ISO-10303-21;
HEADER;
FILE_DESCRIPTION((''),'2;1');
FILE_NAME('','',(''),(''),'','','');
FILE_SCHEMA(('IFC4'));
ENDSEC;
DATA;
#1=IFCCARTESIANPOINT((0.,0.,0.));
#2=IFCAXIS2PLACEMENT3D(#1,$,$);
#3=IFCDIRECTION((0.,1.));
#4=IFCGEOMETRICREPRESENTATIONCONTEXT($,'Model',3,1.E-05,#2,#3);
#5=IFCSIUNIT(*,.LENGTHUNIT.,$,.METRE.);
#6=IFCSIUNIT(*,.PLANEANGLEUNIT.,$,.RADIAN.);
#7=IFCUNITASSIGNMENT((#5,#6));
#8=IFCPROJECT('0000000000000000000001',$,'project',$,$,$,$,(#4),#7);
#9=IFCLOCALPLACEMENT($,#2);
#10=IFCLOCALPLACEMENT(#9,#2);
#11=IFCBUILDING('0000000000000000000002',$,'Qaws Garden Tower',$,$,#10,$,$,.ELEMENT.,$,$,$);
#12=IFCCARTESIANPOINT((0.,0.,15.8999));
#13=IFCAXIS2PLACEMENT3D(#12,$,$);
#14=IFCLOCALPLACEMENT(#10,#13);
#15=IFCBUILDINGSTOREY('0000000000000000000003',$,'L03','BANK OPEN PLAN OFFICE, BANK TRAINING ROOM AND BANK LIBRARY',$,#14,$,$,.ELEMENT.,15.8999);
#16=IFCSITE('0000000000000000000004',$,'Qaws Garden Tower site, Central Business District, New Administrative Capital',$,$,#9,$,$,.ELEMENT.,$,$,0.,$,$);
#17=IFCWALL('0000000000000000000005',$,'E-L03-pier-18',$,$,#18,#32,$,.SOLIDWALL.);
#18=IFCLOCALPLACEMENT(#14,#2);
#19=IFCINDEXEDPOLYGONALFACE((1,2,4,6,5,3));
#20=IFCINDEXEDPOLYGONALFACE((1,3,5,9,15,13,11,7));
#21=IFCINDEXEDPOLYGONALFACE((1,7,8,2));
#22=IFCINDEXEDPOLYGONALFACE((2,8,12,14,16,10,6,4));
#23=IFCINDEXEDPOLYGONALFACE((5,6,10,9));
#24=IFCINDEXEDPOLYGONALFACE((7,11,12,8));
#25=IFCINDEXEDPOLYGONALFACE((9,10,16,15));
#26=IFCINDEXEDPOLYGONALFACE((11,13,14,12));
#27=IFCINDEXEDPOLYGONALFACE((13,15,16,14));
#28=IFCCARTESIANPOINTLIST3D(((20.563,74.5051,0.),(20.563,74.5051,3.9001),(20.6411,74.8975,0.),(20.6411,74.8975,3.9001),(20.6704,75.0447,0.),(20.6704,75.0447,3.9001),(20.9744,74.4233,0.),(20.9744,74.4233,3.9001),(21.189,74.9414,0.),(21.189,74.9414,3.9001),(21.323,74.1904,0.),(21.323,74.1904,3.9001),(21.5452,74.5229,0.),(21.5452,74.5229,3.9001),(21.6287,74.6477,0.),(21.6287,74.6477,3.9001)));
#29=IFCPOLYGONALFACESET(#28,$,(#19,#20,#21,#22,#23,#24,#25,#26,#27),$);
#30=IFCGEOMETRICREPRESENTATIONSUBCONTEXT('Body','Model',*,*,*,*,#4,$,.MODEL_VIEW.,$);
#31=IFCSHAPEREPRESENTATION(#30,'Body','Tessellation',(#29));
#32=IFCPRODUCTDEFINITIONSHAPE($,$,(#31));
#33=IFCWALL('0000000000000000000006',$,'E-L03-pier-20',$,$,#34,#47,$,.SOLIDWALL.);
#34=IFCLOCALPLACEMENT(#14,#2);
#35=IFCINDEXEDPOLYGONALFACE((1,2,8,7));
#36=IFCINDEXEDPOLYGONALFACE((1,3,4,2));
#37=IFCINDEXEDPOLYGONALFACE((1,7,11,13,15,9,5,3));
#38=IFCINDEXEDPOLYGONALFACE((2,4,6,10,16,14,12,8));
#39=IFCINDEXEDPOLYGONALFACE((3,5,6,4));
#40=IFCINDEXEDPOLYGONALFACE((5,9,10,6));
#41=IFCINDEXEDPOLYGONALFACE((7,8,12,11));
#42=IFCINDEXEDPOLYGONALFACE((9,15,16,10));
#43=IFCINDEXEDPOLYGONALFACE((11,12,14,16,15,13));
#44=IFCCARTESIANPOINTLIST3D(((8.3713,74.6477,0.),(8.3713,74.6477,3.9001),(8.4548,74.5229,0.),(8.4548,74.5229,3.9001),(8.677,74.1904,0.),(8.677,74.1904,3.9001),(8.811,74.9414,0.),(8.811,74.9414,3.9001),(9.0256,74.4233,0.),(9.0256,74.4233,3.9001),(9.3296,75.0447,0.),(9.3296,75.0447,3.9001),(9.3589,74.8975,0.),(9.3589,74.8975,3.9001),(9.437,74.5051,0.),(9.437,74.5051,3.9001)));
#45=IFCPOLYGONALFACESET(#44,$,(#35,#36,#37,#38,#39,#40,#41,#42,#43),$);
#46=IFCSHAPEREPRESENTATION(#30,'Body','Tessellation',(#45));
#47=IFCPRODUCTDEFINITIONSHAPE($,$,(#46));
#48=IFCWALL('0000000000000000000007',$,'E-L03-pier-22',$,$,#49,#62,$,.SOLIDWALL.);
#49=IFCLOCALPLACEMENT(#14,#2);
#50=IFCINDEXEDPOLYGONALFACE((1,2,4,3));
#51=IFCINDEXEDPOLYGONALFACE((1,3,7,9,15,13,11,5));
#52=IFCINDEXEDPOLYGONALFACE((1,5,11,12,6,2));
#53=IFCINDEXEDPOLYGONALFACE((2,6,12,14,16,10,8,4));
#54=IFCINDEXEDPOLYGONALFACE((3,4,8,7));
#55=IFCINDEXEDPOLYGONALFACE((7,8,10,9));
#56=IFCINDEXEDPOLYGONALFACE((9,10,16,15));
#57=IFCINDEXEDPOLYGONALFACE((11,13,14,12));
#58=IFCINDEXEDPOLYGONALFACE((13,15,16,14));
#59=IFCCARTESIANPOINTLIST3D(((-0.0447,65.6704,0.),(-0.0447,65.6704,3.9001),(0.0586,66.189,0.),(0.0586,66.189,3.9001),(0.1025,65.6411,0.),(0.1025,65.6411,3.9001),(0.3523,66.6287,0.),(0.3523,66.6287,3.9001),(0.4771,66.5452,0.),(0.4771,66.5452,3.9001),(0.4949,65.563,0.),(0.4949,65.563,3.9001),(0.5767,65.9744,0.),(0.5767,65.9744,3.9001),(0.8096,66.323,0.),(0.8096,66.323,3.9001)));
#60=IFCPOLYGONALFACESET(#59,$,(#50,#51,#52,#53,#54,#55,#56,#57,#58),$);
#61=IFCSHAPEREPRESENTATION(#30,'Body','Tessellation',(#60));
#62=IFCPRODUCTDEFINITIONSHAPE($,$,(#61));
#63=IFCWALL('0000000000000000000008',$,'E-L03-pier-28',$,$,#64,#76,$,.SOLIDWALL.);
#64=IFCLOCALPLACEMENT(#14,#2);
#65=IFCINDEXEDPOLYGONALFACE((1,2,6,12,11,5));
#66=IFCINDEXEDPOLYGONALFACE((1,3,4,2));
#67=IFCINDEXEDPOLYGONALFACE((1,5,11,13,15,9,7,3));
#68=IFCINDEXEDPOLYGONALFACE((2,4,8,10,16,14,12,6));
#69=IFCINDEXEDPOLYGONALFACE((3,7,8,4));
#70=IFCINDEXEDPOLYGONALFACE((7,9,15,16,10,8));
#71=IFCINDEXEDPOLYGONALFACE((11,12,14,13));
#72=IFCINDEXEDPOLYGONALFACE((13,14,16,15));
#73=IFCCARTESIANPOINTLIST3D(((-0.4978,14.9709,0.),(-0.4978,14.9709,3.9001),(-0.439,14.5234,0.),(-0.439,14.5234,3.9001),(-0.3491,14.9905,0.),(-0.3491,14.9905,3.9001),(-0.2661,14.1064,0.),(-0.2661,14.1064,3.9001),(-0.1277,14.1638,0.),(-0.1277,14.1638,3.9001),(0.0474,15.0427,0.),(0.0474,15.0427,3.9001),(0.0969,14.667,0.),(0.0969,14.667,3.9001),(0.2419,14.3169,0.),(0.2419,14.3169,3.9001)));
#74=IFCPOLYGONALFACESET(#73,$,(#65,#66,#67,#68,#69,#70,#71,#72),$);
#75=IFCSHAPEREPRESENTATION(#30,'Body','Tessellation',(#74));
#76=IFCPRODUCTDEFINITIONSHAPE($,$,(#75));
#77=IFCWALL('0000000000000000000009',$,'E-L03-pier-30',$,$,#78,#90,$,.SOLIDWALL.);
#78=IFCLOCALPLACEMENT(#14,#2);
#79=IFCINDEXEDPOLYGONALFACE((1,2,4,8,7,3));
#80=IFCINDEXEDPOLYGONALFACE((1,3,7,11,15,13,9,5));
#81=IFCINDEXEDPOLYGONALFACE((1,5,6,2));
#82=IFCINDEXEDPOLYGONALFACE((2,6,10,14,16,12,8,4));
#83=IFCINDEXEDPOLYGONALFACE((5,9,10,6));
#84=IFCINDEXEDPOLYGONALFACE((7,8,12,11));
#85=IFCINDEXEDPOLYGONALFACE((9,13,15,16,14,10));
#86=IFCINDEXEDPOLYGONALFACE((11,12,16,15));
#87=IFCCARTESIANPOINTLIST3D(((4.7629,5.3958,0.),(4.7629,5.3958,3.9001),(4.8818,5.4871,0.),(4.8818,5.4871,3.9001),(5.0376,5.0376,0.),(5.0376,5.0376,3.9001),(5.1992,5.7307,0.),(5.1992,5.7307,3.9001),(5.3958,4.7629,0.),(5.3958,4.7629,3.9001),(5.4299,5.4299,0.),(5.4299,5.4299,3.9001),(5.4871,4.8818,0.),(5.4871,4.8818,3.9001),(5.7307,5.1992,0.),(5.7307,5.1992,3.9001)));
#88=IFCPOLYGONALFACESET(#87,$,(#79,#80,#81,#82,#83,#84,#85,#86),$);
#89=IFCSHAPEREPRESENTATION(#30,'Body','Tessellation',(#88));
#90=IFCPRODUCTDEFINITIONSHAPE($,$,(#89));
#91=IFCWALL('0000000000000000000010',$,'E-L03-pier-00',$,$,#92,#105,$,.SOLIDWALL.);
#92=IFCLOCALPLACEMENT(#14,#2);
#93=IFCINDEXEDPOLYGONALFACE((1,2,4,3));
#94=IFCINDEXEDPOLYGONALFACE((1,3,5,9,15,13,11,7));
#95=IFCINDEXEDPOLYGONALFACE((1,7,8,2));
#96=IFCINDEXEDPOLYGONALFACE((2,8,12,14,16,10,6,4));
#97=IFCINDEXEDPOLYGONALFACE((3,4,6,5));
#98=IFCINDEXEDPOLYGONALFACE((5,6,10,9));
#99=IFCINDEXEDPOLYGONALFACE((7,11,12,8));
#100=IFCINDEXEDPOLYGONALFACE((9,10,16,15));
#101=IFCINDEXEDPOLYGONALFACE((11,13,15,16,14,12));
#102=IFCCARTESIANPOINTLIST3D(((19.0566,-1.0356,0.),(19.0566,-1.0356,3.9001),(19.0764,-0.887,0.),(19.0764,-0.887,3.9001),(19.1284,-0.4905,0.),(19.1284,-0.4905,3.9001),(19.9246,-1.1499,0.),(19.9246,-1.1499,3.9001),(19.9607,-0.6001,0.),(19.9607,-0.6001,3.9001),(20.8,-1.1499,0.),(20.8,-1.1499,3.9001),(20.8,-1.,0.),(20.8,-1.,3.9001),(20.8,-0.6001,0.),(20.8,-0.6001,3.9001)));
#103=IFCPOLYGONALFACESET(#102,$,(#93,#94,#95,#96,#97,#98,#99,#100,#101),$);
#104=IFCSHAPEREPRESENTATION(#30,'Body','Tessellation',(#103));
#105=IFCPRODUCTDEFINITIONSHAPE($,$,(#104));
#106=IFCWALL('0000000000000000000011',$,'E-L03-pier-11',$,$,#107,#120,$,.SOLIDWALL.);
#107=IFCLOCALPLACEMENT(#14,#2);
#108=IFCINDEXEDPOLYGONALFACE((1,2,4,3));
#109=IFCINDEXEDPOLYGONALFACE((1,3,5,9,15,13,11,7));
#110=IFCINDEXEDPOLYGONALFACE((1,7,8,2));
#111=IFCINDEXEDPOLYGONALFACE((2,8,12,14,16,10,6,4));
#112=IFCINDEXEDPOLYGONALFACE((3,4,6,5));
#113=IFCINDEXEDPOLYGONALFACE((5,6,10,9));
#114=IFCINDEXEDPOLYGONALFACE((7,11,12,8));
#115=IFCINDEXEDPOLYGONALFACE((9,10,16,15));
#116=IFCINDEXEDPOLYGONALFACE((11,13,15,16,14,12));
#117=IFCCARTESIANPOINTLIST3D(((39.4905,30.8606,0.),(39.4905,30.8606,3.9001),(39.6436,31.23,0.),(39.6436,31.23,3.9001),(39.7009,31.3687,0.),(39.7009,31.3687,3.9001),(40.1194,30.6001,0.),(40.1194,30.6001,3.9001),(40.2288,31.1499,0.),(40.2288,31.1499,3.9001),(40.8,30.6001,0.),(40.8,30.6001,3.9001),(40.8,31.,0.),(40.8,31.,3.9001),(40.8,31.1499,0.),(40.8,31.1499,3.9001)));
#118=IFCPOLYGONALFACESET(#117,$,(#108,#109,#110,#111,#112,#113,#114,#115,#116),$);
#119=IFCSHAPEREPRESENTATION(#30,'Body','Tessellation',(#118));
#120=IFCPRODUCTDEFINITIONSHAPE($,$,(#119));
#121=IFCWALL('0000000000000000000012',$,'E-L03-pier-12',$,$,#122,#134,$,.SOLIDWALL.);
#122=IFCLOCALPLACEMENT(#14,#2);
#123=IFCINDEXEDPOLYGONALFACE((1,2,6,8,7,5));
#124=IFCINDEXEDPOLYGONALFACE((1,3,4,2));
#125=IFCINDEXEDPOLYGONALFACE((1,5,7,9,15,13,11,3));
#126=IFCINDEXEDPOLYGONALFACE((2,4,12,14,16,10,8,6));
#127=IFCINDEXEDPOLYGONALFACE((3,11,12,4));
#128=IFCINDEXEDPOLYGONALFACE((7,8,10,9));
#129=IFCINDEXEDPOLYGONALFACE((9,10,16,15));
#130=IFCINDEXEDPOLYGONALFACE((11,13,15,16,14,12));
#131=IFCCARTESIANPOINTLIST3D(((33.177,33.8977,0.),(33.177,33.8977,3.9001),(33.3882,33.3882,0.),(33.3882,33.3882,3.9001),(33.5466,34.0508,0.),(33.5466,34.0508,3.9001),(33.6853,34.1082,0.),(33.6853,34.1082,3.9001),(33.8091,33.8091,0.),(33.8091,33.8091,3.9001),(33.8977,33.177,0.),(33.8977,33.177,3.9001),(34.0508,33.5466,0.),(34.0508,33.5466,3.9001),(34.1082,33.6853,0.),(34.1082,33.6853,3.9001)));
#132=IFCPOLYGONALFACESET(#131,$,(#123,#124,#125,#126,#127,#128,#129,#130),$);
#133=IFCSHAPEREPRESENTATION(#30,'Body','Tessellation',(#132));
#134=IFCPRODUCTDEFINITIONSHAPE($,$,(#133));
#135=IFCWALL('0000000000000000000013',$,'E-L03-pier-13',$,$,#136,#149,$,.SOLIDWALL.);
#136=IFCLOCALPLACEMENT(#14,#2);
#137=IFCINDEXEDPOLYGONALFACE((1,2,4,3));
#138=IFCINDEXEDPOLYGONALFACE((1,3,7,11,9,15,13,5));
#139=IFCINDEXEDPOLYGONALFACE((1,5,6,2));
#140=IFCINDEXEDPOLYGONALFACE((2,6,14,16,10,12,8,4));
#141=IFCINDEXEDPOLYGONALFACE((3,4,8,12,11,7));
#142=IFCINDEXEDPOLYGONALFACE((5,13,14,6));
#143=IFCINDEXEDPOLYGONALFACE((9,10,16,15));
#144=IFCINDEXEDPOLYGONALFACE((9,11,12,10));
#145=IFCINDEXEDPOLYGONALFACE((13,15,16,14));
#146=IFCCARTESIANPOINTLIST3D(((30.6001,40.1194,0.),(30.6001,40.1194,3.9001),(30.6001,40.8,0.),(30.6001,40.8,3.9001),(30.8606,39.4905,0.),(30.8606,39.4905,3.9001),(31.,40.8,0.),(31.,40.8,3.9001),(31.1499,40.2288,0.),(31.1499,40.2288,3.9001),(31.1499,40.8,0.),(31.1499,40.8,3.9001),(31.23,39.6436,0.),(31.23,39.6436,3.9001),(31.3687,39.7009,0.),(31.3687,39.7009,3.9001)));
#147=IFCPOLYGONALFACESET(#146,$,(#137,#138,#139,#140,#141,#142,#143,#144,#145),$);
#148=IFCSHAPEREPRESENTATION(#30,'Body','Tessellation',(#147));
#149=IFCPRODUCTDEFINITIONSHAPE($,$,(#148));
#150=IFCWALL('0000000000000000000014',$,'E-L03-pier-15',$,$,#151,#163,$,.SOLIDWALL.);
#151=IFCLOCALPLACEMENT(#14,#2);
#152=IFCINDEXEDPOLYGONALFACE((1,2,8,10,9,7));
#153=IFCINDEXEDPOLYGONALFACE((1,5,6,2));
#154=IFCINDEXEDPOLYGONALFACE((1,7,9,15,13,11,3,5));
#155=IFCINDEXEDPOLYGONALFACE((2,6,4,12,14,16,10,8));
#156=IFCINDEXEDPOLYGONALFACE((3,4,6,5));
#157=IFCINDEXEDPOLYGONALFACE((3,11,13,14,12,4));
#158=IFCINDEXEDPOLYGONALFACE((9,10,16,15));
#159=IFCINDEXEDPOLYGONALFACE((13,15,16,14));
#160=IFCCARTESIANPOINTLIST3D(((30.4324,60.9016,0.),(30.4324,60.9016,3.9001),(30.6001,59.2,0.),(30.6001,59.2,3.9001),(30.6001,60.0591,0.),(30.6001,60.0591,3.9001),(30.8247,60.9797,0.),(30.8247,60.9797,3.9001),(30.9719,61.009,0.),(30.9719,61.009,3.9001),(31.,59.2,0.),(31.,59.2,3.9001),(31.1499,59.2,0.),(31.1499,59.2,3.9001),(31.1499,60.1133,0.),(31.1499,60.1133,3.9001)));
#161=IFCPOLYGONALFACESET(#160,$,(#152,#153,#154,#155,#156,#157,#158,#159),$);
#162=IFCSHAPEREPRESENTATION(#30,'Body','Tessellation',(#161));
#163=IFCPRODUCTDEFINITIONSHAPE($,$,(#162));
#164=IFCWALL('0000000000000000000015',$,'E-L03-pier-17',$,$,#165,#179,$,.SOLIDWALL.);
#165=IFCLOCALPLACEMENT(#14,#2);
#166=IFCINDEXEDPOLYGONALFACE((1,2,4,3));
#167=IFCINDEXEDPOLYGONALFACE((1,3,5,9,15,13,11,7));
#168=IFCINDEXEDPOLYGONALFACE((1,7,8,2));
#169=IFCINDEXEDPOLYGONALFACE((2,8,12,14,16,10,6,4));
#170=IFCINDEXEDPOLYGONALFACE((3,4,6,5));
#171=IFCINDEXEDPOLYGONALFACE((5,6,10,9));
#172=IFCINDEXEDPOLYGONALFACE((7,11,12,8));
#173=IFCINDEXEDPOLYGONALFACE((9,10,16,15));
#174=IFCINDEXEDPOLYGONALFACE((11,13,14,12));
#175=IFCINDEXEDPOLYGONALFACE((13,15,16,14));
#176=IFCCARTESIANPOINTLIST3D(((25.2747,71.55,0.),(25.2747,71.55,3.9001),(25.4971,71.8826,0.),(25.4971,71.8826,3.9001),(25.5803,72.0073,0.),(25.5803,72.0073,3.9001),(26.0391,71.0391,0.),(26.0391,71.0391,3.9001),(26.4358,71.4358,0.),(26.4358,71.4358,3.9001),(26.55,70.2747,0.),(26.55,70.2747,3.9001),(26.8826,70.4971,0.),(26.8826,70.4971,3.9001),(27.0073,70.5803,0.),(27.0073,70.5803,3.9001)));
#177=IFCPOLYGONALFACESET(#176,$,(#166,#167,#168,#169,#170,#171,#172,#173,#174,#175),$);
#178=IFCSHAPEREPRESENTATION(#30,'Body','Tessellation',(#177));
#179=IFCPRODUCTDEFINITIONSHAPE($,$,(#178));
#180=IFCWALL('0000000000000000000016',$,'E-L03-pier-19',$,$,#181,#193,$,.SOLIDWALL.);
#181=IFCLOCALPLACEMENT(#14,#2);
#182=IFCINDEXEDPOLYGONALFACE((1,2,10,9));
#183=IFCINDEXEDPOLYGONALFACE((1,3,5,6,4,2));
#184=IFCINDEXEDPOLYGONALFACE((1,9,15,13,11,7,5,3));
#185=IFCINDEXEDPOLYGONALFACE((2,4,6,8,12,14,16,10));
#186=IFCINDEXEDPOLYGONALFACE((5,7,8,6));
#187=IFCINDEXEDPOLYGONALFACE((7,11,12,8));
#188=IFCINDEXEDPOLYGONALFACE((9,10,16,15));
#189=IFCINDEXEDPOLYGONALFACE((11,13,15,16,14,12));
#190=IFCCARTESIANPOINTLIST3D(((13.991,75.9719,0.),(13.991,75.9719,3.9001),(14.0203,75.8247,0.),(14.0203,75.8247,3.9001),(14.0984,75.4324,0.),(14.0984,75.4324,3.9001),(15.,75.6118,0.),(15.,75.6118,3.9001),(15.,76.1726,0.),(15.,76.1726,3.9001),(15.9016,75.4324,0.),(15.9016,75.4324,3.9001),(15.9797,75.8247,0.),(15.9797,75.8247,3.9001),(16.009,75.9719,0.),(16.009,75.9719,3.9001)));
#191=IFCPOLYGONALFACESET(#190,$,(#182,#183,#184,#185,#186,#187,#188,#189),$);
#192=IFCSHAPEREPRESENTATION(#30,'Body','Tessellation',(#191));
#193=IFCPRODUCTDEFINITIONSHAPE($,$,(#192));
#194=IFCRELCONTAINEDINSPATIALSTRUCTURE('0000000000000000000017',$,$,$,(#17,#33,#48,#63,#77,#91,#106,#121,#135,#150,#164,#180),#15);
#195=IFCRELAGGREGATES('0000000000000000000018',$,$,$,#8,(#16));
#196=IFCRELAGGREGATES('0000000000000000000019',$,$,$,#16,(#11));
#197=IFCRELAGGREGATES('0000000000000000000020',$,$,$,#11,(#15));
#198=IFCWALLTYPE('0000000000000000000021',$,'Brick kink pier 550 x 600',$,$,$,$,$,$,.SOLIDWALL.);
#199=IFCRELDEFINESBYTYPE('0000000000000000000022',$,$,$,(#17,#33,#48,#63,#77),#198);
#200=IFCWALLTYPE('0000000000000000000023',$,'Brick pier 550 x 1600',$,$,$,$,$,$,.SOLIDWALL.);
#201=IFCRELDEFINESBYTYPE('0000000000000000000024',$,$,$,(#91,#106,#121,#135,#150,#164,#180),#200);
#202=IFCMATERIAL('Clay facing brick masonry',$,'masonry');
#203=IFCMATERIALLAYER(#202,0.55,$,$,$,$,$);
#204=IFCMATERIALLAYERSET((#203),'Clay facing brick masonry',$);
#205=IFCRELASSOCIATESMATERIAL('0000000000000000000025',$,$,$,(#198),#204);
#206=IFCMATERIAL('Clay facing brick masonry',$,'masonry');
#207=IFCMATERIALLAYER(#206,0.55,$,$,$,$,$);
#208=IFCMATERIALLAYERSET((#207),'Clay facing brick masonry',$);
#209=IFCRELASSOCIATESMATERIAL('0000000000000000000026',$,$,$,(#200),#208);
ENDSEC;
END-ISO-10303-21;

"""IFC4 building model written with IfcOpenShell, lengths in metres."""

from ifc_helpers import new_model, si_unit, direction, frame, origin, place, context, subcontext, project, spatial, polyline, outline, extrude, material, layer, layer_set, type_object, element, save


model = new_model("IFC4")

# Units and contexts
model_context = context("Model", 3, precision=1e-05, world=origin(), true_north=direction((0.0, 1.0)))
body_context = subcontext(model_context, "Body", "Model", "MODEL_VIEW")
ifc_project = project(units=[si_unit("LENGTHUNIT", "METRE"), si_unit("PLANEANGLEUNIT", "RADIAN")], contexts=[model_context])

# Site, building, storey
site_placement = place(None, origin())
site = spatial("IfcSite", under=ifc_project, at=site_placement, Name="Qaws Garden Tower site, Central Business District, New Administrative Capital", CompositionType="ELEMENT", RefElevation=0.0)
building_placement = place(site_placement, origin())
building = spatial("IfcBuilding", under=site, at=building_placement, Name="Qaws Garden Tower", CompositionType="ELEMENT")
storey_placement = place(building_placement, frame((0.0, 0.0, 15.8999)))
storey = spatial("IfcBuildingStorey", under=building, at=storey_placement, Name="L03", Description="BANK OPEN PLAN OFFICE, BANK TRAINING ROOM AND BANK LIBRARY", CompositionType="ELEMENT", Elevation=15.8999)

# Walls
placement = place(storey_placement, origin())
ifc_material_1 = material(Name="Clay facing brick masonry", Category="masonry")
ifc_layer_1 = layer(ifc_material_1, 0.55)
ifc_layer_set_1 = layer_set([ifc_layer_1], Name="Clay facing brick masonry")
wall_type_1 = type_object("IfcWallType", Name="Brick kink pier 550 x 600", PredefinedType="SOLIDWALL", material=ifc_layer_set_1)
element("IfcWall", 1, at=placement, inside=storey, type_object=wall_type_1, Name="E-L03-pier-18", PredefinedType="SOLIDWALL", context=body_context, shape_type="SweptSolid", body=[
    extrude(outline(polyline([(21.5452, 74.5229), (21.6287, 74.6477), (21.189, 74.9414), (20.6704, 75.0447), (20.6411, 74.8975), (20.563, 74.5051), (20.9744, 74.4233), (21.323, 74.1904), (21.5452, 74.5229)])), origin(), (0.0, 0.0, 1.0), 3.9001),
])
element("IfcWall", 2, at=placement, inside=storey, type_object=wall_type_1, Name="E-L03-pier-20", PredefinedType="SOLIDWALL", context=body_context, shape_type="SweptSolid", body=[
    extrude(outline(polyline([(9.3589, 74.8975), (9.3296, 75.0447), (8.811, 74.9414), (8.3713, 74.6477), (8.4548, 74.5229), (8.677, 74.1904), (9.0256, 74.4233), (9.437, 74.5051), (9.3589, 74.8975)])), origin(), (0.0, 0.0, 1.0), 3.9001),
])
element("IfcWall", 3, at=placement, inside=storey, type_object=wall_type_1, Name="E-L03-pier-22", PredefinedType="SOLIDWALL", context=body_context, shape_type="SweptSolid", body=[
    extrude(outline(polyline([(0.4771, 66.5452), (0.3523, 66.6287), (0.0586, 66.189), (-0.0447, 65.6704), (0.1025, 65.6411), (0.4949, 65.563), (0.5767, 65.9744), (0.8096, 66.323), (0.4771, 66.5452)])), origin(), (0.0, 0.0, 1.0), 3.9001),
])
element("IfcWall", 4, at=placement, inside=storey, type_object=wall_type_1, Name="E-L03-pier-28", PredefinedType="SOLIDWALL", context=body_context, shape_type="SweptSolid", body=[
    extrude(outline(polyline([(-0.3491, 14.9905), (-0.4978, 14.9709), (-0.439, 14.5234), (-0.2661, 14.1064), (-0.1277, 14.1638), (0.2419, 14.3169), (0.0969, 14.667), (0.0474, 15.0427), (-0.3491, 14.9905)])), origin(), (0.0, 0.0, 1.0), 3.9001),
])
element("IfcWall", 5, at=placement, inside=storey, type_object=wall_type_1, Name="E-L03-pier-30", PredefinedType="SOLIDWALL", context=body_context, shape_type="SweptSolid", body=[
    extrude(outline(polyline([(4.8818, 5.4871), (4.7629, 5.3958), (5.0376, 5.0376), (5.3958, 4.7629), (5.4871, 4.8818), (5.7307, 5.1992), (5.4299, 5.4299), (5.1992, 5.7307), (4.8818, 5.4871)])), origin(), (0.0, 0.0, 1.0), 3.9001),
])
ifc_material_2 = material(Name="Clay facing brick masonry", Category="masonry")
ifc_layer_2 = layer(ifc_material_2, 0.55)
ifc_layer_set_2 = layer_set([ifc_layer_2], Name="Clay facing brick masonry")
wall_type_2 = type_object("IfcWallType", Name="Brick pier 550 x 1600", PredefinedType="SOLIDWALL", material=ifc_layer_set_2)
element("IfcWall", 6, at=placement, inside=storey, type_object=wall_type_2, Name="E-L03-pier-00", PredefinedType="SOLIDWALL", context=body_context, shape_type="SweptSolid", body=[
    extrude(outline(polyline([(19.0764, -0.887), (19.0566, -1.0356), (19.9246, -1.1499), (20.8, -1.1499), (20.8, -1.0), (20.8, -0.6001), (19.9607, -0.6001), (19.1284, -0.4905), (19.0764, -0.887)])), origin(), (0.0, 0.0, 1.0), 3.9001),
])
element("IfcWall", 7, at=placement, inside=storey, type_object=wall_type_2, Name="E-L03-pier-11", PredefinedType="SOLIDWALL", context=body_context, shape_type="SweptSolid", body=[
    extrude(outline(polyline([(40.8, 31.0), (40.8, 31.1499), (40.2288, 31.1499), (39.7009, 31.3687), (39.6436, 31.23), (39.4905, 30.8606), (40.1194, 30.6001), (40.8, 30.6001), (40.8, 31.0)])), origin(), (0.0, 0.0, 1.0), 3.9001),
])
element("IfcWall", 8, at=placement, inside=storey, type_object=wall_type_2, Name="E-L03-pier-12", PredefinedType="SOLIDWALL", context=body_context, shape_type="SweptSolid", body=[
    extrude(outline(polyline([(34.0508, 33.5466), (34.1082, 33.6853), (33.8091, 33.8091), (33.6853, 34.1082), (33.5466, 34.0508), (33.177, 33.8977), (33.3882, 33.3882), (33.8977, 33.177), (34.0508, 33.5466)])), origin(), (0.0, 0.0, 1.0), 3.9001),
])
element("IfcWall", 9, at=placement, inside=storey, type_object=wall_type_2, Name="E-L03-pier-13", PredefinedType="SOLIDWALL", context=body_context, shape_type="SweptSolid", body=[
    extrude(outline(polyline([(31.23, 39.6436), (31.3687, 39.7009), (31.1499, 40.2288), (31.1499, 40.8), (31.0, 40.8), (30.6001, 40.8), (30.6001, 40.1194), (30.8606, 39.4905), (31.23, 39.6436)])), origin(), (0.0, 0.0, 1.0), 3.9001),
])
element("IfcWall", 10, at=placement, inside=storey, type_object=wall_type_2, Name="E-L03-pier-15", PredefinedType="SOLIDWALL", context=body_context, shape_type="SweptSolid", body=[
    extrude(outline(polyline([(31.0, 59.2), (31.1499, 59.2), (31.1499, 60.1133), (30.9719, 61.009), (30.8247, 60.9797), (30.4324, 60.9016), (30.6001, 60.0591), (30.6001, 59.2), (31.0, 59.2)])), origin(), (0.0, 0.0, 1.0), 3.9001),
])
element("IfcWall", 11, at=placement, inside=storey, type_object=wall_type_2, Name="E-L03-pier-17", PredefinedType="SOLIDWALL", context=body_context, shape_type="SweptSolid", body=[
    extrude(outline(polyline([(26.8826, 70.4971), (27.0073, 70.5803), (26.4358, 71.4358), (25.5803, 72.0073), (25.4971, 71.8826), (25.2747, 71.55), (26.0391, 71.0391), (26.55, 70.2747), (26.8826, 70.4971)])), origin(), (0.0, 0.0, 1.0), 3.9001),
])
element("IfcWall", 12, at=placement, inside=storey, type_object=wall_type_2, Name="E-L03-pier-19", PredefinedType="SOLIDWALL", context=body_context, shape_type="SweptSolid", body=[
    extrude(outline(polyline([(15.9797, 75.8247), (16.009, 75.9719), (15.0, 76.1726), (13.991, 75.9719), (14.0203, 75.8247), (14.0984, 75.4324), (15.0, 75.6118), (15.9016, 75.4324), (15.9797, 75.8247)])), origin(), (0.0, 0.0, 1.0), 3.9001),
])

save(model, "model.ifc")
